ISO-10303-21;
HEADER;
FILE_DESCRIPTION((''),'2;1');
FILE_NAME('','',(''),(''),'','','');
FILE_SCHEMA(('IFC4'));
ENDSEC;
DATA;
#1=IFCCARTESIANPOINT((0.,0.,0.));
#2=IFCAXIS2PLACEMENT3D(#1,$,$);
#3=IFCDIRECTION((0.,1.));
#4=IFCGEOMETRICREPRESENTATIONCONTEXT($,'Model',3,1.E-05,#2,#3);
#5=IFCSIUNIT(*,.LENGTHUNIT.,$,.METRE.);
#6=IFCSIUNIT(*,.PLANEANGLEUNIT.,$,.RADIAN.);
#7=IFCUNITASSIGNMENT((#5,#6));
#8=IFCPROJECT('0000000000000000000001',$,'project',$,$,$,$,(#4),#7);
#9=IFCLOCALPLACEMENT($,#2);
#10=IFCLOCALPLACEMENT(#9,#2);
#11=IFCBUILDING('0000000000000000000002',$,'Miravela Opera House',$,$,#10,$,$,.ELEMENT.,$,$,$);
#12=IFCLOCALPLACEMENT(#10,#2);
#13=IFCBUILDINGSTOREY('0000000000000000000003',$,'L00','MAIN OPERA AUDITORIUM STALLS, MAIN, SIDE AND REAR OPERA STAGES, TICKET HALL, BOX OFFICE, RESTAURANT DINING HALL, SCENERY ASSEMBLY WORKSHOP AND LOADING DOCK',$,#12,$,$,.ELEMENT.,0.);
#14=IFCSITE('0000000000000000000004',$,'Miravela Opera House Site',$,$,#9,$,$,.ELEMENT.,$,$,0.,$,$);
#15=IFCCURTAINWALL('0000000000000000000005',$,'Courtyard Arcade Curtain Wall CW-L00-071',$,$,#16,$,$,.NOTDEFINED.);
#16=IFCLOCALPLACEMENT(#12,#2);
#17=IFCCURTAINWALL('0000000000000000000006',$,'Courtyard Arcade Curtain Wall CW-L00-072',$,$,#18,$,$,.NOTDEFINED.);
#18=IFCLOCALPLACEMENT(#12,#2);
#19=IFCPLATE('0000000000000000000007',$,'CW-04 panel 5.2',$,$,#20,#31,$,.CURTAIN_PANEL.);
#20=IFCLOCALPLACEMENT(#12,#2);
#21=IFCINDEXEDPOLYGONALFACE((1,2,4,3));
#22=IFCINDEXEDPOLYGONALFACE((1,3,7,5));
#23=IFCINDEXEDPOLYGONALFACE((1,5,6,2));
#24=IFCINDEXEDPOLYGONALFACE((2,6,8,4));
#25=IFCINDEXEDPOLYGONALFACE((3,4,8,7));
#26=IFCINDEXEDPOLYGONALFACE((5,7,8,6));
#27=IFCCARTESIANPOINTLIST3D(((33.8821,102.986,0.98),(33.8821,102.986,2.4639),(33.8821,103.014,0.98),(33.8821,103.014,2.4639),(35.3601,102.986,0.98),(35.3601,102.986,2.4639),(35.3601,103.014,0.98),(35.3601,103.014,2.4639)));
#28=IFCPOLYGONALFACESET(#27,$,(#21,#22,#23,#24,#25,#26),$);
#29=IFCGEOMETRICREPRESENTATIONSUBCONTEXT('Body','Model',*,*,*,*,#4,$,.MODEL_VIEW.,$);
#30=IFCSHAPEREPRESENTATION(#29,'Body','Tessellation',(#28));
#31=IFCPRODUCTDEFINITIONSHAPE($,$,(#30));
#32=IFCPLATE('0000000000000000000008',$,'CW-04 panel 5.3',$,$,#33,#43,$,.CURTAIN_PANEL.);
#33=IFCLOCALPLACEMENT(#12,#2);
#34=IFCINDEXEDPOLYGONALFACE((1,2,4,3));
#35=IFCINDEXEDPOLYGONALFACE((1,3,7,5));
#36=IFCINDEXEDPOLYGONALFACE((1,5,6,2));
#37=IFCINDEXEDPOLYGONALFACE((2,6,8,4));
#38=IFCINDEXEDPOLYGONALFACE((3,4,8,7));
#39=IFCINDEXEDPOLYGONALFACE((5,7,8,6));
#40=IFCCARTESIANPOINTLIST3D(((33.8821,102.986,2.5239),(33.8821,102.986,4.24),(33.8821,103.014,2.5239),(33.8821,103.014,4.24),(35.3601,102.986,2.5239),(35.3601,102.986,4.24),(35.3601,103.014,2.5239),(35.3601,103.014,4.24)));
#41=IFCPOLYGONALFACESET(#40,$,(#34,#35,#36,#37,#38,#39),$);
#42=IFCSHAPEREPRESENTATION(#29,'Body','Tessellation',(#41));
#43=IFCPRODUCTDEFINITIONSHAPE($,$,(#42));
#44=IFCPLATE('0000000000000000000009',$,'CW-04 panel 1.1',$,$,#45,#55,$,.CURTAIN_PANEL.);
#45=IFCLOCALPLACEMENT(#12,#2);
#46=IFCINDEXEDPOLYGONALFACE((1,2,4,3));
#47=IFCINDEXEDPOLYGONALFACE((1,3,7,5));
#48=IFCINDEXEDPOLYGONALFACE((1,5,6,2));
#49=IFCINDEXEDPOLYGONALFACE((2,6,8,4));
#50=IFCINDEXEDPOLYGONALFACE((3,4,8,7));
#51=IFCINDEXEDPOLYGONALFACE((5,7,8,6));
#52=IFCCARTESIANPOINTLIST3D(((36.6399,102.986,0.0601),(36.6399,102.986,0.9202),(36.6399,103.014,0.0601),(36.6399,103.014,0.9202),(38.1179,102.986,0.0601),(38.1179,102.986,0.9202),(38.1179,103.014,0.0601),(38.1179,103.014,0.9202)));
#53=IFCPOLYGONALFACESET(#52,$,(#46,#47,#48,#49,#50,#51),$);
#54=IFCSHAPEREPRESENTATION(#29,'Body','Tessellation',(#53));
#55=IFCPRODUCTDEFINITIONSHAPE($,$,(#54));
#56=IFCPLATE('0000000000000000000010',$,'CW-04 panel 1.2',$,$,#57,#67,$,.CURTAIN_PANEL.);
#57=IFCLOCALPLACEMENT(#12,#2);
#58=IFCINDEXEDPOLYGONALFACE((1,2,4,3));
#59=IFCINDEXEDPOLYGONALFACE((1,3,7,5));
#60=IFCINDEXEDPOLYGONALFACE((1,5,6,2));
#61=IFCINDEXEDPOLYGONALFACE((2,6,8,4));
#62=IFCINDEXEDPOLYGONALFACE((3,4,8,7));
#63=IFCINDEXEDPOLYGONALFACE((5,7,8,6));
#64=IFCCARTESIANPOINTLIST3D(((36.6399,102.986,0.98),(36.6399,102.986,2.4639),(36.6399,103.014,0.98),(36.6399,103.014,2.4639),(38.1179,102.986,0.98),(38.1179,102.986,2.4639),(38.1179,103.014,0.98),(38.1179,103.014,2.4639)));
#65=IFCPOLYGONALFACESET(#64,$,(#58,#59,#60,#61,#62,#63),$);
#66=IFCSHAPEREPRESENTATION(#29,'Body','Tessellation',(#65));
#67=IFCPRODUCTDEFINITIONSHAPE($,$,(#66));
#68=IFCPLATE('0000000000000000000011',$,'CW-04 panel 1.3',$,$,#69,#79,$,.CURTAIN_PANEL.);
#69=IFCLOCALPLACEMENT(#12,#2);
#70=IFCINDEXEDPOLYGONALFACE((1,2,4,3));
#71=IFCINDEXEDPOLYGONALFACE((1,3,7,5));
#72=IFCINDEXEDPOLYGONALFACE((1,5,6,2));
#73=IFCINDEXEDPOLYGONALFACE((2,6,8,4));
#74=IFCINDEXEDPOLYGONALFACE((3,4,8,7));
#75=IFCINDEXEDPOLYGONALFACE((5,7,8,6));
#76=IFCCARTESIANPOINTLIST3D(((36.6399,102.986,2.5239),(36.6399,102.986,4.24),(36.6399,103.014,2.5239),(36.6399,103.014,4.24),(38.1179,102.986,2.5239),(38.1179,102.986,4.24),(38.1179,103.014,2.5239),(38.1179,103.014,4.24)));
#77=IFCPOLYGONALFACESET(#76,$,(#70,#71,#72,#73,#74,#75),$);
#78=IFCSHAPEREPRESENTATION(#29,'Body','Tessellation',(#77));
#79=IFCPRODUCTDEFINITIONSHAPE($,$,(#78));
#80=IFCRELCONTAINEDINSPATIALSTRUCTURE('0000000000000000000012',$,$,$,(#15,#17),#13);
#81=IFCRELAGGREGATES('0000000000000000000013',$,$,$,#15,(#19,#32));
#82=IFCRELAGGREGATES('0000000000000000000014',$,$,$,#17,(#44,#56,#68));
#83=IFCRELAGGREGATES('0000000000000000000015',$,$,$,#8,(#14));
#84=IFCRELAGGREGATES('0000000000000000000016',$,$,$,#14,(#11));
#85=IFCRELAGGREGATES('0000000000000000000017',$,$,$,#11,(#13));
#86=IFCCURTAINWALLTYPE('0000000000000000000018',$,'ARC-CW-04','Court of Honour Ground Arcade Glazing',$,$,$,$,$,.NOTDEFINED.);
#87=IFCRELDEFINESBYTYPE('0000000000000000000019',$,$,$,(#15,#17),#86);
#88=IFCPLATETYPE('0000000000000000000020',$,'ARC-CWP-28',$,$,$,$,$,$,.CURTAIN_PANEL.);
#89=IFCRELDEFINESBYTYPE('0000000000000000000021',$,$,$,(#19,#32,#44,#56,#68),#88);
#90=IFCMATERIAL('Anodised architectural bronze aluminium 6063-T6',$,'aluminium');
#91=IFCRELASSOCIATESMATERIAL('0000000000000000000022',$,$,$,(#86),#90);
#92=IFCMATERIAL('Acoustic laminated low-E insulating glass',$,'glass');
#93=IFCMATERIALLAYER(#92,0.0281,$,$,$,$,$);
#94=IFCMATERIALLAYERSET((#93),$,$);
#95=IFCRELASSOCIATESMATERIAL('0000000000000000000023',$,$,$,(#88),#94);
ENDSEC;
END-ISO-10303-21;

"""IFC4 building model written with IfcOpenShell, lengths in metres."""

from ifc_helpers import new_model, si_unit, direction, frame, origin, origin_2d, place, context, subcontext, project, spatial, rectangle, extrude, material, layer, layer_set, type_object, element, aggregate, save


model = new_model("IFC4")

# Units and contexts
model_context = context("Model", 3, precision=1e-05, world=origin(), true_north=direction((0.0, 1.0)))
body_context = subcontext(model_context, "Body", "Model", "MODEL_VIEW")
ifc_project = project(units=[si_unit("LENGTHUNIT", "METRE"), si_unit("PLANEANGLEUNIT", "RADIAN")], contexts=[model_context])

# Site, building, storey
site_placement = place(None, origin())
site = spatial("IfcSite", under=ifc_project, at=site_placement, Name="Miravela Opera House Site", CompositionType="ELEMENT", RefElevation=0.0)
building_placement = place(site_placement, origin())
building = spatial("IfcBuilding", under=site, at=building_placement, Name="Miravela Opera House", CompositionType="ELEMENT")
storey_placement = place(building_placement, origin())
storey = spatial("IfcBuildingStorey", under=building, at=storey_placement, Name="L00", Description="MAIN OPERA AUDITORIUM STALLS, MAIN, SIDE AND REAR OPERA STAGES, TICKET HALL, BOX OFFICE, RESTAURANT DINING HALL, SCENERY ASSEMBLY WORKSHOP AND LOADING DOCK", CompositionType="ELEMENT", Elevation=0.0)

# Curtain walls
ifc_material_1 = material(Name="Anodised architectural bronze aluminium 6063-T6", Category="aluminium")
curtain_wall_type = type_object("IfcCurtainWallType", Name="ARC-CW-04", Description="Court of Honour Ground Arcade Glazing", PredefinedType="NOTDEFINED", material=ifc_material_1)
curtain_wall_1_placement = place(storey_placement, origin())
curtain_wall_1 = element("IfcCurtainWall", 1, at=curtain_wall_1_placement, inside=storey, type_object=curtain_wall_type, Name="Courtyard Arcade Curtain Wall CW-L00-071", PredefinedType="NOTDEFINED")
curtain_wall_2_placement = place(storey_placement, origin())
curtain_wall_2 = element("IfcCurtainWall", 2, at=curtain_wall_2_placement, inside=storey, type_object=curtain_wall_type, Name="Courtyard Arcade Curtain Wall CW-L00-072", PredefinedType="NOTDEFINED")

# Plates
ifc_material_2 = material(Name="Acoustic laminated low-E insulating glass", Category="glass")
ifc_layer = layer(ifc_material_2, 0.0281)
ifc_layer_set = layer_set([ifc_layer])
plate_type = type_object("IfcPlateType", Name="ARC-CWP-28", PredefinedType="CURTAIN_PANEL", material=ifc_layer_set)
plate_1_placement = place(storey_placement, frame((34.6211, 103.0, 0.98), z_axis=(0.0, 0.0, 1.0), x_axis=(1.0, 0.0, 0.0)))
plate_1 = element("IfcPlate", 3, at=plate_1_placement, type_object=plate_type, Name="CW-04 panel 5.2", PredefinedType="CURTAIN_PANEL", context=body_context, shape_type="SweptSolid", body=[
    extrude(rectangle(XDim=1.478, YDim=0.0281, at=origin_2d()), origin(), (0.0, 0.0, 1.0), 1.4839),
])
plate_2_placement = place(storey_placement, frame((34.6211, 103.0, 2.5239), z_axis=(0.0, 0.0, 1.0), x_axis=(1.0, 0.0, 0.0)))
plate_2 = element("IfcPlate", 4, at=plate_2_placement, type_object=plate_type, Name="CW-04 panel 5.3", PredefinedType="CURTAIN_PANEL", context=body_context, shape_type="SweptSolid", body=[
    extrude(rectangle(XDim=1.478, YDim=0.0281, at=origin_2d()), origin(), (0.0, 0.0, 1.0), 1.7161),
])
aggregate(curtain_wall_1, [plate_1, plate_2])
plate_3_placement = place(storey_placement, frame((37.3789, 103.0, 0.0601), z_axis=(0.0, 0.0, 1.0), x_axis=(1.0, 0.0, 0.0)))
plate_3 = element("IfcPlate", 5, at=plate_3_placement, type_object=plate_type, Name="CW-04 panel 1.1", PredefinedType="CURTAIN_PANEL", context=body_context, shape_type="SweptSolid", body=[
    extrude(rectangle(XDim=1.478, YDim=0.0281, at=origin_2d()), origin(), (0.0, 0.0, 1.0), 0.8601),
])
plate_4_placement = place(storey_placement, frame((37.3789, 103.0, 0.98), z_axis=(0.0, 0.0, 1.0), x_axis=(1.0, 0.0, 0.0)))
plate_4 = element("IfcPlate", 6, at=plate_4_placement, type_object=plate_type, Name="CW-04 panel 1.2", PredefinedType="CURTAIN_PANEL", context=body_context, shape_type="SweptSolid", body=[
    extrude(rectangle(XDim=1.478, YDim=0.0281, at=origin_2d()), origin(), (0.0, 0.0, 1.0), 1.4839),
])
plate_5_placement = place(storey_placement, frame((37.3789, 103.0, 2.5239), z_axis=(0.0, 0.0, 1.0), x_axis=(1.0, 0.0, 0.0)))
plate_5 = element("IfcPlate", 7, at=plate_5_placement, type_object=plate_type, Name="CW-04 panel 1.3", PredefinedType="CURTAIN_PANEL", context=body_context, shape_type="SweptSolid", body=[
    extrude(rectangle(XDim=1.478, YDim=0.0281, at=origin_2d()), origin(), (0.0, 0.0, 1.0), 1.7161),
])
aggregate(curtain_wall_2, [plate_3, plate_4, plate_5])

save(model, "model.ifc")
